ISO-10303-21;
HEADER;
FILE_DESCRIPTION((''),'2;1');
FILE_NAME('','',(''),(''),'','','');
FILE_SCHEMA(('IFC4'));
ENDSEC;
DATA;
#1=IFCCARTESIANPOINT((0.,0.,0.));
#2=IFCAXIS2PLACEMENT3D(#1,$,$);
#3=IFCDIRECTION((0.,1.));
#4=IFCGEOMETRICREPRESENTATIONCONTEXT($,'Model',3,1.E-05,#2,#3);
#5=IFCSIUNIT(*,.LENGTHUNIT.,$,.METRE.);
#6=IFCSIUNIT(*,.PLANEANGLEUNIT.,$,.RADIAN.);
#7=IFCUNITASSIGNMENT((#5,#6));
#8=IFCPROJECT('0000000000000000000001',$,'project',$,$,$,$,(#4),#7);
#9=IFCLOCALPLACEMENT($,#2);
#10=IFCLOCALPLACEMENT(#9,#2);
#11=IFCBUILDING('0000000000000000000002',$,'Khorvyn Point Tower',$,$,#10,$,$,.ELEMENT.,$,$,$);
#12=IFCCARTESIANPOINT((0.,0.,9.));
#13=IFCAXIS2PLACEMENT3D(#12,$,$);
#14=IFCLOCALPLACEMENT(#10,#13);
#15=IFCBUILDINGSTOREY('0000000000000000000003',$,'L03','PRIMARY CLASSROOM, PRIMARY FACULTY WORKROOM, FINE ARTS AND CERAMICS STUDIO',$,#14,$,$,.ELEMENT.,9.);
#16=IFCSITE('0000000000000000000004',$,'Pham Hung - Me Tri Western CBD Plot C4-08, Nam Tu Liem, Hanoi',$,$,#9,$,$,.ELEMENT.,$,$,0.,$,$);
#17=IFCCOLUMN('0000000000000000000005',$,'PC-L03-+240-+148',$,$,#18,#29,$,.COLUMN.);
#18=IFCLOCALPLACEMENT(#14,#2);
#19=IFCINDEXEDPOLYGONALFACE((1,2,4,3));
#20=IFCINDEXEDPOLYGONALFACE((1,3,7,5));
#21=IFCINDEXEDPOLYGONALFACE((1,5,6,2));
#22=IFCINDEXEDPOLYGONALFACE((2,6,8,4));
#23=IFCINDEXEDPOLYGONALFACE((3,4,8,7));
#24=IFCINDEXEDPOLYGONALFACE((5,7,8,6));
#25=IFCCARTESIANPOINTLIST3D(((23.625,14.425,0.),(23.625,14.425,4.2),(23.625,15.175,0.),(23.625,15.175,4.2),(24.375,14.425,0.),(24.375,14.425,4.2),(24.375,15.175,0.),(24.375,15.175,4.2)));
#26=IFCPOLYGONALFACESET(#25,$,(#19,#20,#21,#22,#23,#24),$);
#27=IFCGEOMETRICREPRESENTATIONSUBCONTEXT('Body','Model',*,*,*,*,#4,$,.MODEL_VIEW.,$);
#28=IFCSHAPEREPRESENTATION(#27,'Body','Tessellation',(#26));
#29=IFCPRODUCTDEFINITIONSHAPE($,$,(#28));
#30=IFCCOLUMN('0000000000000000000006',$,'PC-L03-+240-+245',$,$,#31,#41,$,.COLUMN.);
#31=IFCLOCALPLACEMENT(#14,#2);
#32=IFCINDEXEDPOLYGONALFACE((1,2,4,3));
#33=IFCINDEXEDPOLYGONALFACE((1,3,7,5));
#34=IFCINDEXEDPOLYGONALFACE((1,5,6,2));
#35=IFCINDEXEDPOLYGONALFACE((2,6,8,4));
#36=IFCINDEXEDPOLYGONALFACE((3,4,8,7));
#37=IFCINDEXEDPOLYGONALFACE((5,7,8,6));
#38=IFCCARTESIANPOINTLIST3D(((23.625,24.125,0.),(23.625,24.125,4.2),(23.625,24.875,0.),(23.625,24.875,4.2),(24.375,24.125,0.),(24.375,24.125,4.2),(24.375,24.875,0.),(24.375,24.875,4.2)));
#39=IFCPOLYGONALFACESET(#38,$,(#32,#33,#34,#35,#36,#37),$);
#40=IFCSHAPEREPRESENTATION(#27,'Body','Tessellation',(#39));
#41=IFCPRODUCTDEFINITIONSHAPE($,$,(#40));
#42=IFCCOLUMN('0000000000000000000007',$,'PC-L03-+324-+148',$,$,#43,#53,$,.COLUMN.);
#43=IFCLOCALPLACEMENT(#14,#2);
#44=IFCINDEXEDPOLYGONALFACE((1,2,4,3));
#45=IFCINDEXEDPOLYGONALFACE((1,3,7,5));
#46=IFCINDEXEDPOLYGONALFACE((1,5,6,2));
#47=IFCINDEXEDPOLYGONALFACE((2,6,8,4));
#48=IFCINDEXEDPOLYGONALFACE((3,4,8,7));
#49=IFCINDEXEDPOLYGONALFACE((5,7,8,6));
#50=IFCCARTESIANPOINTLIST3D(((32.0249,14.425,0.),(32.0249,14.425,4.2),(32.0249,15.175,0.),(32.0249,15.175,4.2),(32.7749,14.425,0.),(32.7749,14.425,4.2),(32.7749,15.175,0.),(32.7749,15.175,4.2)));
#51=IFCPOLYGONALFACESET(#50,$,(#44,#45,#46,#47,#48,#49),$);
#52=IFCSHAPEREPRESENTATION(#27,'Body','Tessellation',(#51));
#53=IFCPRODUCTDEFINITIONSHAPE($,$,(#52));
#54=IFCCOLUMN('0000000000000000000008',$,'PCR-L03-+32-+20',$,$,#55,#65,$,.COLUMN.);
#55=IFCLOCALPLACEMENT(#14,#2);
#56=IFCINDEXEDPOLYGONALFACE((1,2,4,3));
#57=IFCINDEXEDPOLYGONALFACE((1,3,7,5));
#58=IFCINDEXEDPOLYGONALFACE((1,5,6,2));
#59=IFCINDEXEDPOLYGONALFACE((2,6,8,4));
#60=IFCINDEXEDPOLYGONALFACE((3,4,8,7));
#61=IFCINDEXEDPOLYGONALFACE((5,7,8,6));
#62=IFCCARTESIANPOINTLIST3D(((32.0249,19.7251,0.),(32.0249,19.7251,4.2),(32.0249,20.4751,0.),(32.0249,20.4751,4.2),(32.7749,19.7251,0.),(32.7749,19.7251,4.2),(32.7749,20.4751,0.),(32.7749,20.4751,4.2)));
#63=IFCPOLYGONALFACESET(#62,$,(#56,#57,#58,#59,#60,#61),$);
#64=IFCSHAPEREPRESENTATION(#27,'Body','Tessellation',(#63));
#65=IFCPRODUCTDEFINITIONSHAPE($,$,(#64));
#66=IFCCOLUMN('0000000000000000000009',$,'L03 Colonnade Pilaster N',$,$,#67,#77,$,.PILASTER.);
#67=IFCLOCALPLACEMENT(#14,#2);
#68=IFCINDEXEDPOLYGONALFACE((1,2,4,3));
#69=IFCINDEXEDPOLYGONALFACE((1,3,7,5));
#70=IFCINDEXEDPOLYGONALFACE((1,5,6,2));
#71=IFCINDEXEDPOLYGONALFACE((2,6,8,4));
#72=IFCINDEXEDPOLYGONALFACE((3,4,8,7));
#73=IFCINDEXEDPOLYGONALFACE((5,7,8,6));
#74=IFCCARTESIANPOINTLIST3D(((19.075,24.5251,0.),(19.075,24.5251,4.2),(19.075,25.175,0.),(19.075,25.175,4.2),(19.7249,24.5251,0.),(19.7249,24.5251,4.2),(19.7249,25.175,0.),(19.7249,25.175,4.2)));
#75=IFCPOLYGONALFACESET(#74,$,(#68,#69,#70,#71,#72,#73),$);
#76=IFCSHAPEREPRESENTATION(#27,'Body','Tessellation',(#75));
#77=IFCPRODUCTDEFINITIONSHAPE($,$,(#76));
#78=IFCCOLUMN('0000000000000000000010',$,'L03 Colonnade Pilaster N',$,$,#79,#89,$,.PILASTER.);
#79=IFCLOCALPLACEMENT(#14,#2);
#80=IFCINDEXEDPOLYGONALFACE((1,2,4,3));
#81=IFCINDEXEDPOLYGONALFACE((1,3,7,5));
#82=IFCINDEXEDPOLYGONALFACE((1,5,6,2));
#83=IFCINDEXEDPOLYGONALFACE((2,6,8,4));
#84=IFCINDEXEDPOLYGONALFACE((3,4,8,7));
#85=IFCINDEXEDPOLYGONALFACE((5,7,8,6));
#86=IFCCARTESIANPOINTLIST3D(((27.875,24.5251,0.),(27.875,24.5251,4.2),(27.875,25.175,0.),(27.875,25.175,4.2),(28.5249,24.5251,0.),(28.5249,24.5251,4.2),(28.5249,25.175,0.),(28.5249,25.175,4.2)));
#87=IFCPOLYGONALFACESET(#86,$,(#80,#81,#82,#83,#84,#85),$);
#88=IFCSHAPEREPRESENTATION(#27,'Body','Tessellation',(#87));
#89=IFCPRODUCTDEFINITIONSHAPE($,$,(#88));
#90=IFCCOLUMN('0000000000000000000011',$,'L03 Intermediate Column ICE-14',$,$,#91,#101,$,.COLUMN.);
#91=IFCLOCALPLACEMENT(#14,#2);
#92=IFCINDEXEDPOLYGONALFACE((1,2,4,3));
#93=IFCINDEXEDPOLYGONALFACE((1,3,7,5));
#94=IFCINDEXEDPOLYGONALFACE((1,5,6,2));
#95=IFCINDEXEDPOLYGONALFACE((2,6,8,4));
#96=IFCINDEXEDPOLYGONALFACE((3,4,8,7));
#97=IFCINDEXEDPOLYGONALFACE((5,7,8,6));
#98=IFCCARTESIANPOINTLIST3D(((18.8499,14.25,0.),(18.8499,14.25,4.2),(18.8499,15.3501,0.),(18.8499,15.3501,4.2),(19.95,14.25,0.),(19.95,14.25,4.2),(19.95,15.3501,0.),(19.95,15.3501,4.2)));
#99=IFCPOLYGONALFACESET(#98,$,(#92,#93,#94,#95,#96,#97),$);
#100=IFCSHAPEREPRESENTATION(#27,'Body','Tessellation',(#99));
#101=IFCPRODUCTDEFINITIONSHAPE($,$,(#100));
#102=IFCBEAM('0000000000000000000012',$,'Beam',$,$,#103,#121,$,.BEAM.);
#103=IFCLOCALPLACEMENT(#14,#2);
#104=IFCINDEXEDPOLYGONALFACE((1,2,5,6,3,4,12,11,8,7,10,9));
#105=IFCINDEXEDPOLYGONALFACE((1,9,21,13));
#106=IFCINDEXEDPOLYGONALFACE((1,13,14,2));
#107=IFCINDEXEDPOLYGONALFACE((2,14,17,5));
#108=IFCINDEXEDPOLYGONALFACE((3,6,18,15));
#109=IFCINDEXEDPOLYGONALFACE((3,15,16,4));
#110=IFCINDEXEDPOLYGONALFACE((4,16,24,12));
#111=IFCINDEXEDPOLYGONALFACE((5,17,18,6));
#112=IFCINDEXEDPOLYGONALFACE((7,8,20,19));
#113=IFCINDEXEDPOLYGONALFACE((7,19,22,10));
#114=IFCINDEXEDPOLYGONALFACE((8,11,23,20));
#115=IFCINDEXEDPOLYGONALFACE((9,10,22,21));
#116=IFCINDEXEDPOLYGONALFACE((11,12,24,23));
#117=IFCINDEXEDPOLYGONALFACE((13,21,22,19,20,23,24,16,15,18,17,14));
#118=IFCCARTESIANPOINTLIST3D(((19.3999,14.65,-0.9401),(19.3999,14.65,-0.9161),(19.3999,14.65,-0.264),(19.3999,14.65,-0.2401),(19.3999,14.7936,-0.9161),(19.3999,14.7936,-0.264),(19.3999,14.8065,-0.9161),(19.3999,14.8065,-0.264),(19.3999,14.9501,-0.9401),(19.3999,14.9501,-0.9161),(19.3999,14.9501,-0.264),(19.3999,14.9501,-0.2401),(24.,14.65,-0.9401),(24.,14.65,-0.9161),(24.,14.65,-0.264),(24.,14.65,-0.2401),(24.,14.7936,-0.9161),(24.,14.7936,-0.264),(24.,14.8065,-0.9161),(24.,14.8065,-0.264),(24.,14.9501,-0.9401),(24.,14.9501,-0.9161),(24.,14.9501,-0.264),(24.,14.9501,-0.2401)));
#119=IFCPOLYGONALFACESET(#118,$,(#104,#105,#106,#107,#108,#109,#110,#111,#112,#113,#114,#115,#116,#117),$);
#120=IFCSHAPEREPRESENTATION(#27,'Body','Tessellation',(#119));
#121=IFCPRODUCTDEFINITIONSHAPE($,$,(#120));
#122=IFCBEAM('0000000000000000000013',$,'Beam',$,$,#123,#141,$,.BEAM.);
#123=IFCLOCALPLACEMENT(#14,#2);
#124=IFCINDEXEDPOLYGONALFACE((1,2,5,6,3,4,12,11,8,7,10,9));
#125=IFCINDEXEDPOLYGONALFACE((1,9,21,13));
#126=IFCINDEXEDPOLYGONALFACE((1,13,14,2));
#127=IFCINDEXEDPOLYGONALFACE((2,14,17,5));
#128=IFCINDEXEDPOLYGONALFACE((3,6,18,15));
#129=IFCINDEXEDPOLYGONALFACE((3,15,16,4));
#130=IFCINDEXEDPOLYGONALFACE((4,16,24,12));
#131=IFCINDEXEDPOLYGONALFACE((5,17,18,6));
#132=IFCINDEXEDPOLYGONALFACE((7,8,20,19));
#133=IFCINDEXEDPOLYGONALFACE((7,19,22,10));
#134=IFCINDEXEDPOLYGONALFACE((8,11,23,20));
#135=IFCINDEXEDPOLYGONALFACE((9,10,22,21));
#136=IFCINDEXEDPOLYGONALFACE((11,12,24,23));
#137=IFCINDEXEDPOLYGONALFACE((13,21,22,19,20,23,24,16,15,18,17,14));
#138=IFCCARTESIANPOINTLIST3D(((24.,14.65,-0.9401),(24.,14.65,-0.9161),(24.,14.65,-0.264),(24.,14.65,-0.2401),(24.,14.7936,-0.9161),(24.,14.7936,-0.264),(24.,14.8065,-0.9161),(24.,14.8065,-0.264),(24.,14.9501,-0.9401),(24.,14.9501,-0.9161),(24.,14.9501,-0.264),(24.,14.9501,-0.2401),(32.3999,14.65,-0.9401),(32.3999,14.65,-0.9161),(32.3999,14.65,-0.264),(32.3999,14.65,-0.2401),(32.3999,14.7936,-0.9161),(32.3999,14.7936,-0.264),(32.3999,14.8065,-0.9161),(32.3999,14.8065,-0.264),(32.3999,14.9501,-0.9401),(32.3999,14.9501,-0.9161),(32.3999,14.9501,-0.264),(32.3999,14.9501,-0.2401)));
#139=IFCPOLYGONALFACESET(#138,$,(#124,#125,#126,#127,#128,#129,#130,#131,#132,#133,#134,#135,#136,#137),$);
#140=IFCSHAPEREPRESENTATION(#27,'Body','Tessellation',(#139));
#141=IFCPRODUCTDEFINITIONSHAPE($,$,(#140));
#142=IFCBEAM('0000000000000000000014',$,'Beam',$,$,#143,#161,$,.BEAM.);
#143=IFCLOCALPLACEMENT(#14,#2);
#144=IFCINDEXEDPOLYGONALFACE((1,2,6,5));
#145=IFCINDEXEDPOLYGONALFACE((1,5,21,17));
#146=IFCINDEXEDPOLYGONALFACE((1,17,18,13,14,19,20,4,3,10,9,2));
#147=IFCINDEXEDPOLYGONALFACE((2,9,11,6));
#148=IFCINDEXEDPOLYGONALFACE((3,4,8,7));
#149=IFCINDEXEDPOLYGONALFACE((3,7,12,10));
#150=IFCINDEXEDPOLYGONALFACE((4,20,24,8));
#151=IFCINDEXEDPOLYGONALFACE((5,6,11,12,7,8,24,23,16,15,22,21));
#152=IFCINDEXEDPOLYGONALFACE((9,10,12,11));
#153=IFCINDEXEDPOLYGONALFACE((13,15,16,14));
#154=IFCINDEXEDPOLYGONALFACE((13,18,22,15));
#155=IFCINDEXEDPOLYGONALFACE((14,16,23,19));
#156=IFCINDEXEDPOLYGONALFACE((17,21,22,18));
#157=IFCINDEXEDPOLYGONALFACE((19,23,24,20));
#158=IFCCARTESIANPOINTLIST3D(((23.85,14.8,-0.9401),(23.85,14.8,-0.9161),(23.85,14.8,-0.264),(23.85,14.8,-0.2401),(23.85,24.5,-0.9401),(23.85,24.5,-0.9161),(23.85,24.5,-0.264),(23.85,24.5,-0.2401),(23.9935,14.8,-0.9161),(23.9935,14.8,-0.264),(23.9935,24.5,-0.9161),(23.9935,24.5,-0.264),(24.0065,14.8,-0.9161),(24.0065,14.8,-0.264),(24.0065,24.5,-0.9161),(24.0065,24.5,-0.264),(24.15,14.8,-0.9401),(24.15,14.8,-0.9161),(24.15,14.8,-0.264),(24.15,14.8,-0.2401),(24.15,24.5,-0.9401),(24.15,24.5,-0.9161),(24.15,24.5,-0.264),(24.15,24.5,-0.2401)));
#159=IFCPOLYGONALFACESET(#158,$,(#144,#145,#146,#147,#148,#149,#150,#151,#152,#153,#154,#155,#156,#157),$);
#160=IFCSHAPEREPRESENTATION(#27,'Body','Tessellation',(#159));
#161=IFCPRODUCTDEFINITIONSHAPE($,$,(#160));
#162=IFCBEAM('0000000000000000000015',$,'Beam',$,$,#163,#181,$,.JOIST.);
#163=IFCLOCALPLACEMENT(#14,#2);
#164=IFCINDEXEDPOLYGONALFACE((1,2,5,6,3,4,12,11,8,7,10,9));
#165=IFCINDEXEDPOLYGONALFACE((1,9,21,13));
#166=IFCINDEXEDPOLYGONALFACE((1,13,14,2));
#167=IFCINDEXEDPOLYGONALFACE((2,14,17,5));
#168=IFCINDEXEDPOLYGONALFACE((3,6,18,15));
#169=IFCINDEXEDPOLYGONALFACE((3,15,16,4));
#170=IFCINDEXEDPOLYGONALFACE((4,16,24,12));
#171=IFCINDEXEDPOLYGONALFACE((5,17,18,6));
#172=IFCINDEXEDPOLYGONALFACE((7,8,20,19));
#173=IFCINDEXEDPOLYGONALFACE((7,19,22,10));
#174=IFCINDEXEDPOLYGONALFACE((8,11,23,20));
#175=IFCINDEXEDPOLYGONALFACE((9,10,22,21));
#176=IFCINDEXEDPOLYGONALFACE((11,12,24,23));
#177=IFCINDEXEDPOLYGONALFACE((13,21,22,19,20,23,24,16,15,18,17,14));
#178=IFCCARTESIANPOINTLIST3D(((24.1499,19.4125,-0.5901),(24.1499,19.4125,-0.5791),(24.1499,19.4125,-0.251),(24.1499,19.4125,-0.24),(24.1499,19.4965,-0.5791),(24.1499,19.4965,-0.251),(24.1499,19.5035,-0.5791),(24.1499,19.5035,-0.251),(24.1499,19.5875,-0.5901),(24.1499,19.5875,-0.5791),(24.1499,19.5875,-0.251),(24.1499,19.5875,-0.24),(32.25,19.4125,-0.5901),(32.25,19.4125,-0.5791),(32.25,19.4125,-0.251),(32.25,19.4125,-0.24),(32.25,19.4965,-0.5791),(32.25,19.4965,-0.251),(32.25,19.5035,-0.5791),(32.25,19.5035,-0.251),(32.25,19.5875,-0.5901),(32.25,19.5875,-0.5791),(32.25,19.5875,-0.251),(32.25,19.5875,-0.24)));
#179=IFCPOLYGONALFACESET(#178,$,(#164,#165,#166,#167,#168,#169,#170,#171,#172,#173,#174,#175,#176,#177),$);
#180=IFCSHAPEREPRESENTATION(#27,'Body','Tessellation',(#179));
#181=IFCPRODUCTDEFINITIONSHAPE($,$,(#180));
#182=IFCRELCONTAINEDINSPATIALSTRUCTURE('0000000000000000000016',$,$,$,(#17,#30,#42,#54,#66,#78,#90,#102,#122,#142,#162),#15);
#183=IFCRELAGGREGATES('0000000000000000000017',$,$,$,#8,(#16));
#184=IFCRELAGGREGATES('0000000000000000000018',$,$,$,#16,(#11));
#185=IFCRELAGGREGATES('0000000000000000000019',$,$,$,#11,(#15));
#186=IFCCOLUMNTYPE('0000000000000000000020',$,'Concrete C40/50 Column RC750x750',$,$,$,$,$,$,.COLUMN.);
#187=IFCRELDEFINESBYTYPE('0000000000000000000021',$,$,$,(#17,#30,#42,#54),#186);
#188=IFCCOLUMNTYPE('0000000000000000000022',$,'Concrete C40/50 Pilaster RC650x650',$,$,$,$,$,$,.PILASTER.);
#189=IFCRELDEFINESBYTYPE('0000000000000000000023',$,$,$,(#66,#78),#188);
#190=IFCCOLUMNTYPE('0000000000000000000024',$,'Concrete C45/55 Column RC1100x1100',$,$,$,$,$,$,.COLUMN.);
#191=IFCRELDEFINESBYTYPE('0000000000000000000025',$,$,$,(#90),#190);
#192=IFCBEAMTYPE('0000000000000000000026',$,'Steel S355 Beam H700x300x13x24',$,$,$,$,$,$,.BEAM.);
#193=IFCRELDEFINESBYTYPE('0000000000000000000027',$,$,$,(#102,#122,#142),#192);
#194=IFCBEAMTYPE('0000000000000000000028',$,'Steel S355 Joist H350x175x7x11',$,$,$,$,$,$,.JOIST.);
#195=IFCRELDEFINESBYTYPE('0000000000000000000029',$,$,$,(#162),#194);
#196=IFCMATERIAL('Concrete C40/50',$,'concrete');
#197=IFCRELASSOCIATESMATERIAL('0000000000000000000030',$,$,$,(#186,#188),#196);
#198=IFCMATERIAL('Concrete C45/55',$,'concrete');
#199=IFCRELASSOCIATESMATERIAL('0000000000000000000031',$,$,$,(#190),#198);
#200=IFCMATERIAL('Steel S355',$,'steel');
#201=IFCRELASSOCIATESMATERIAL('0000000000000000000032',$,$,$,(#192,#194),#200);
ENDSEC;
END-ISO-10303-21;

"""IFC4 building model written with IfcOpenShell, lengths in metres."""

from ifc_helpers import new_model, si_unit, direction, frame, origin, origin_2d, place, context, subcontext, project, spatial, rectangle, i_section, extrude, material, material_profile, profile_set, type_object, element, save


model = new_model("IFC4")

# Units and contexts
model_context = context("Model", 3, precision=1e-05, world=origin(), true_north=direction((0.0, 1.0)))
body_context = subcontext(model_context, "Body", "Model", "MODEL_VIEW")
ifc_project = project(units=[si_unit("LENGTHUNIT", "METRE"), si_unit("PLANEANGLEUNIT", "RADIAN")], contexts=[model_context])

# Site, building, storey
site_placement = place(None, origin())
site = spatial("IfcSite", under=ifc_project, at=site_placement, Name="Pham Hung - Me Tri Western CBD Plot C4-08, Nam Tu Liem, Hanoi", CompositionType="ELEMENT", RefElevation=0.0)
building_placement = place(site_placement, origin())
building = spatial("IfcBuilding", under=site, at=building_placement, Name="Khorvyn Point Tower", CompositionType="ELEMENT")
storey_placement = place(building_placement, frame((0.0, 0.0, 9.0)))
storey = spatial("IfcBuildingStorey", under=building, at=storey_placement, Name="L03", Description="PRIMARY CLASSROOM, PRIMARY FACULTY WORKROOM, FINE ARTS AND CERAMICS STUDIO", CompositionType="ELEMENT", Elevation=9.0)

# Columns
ifc_material_1 = material(Name="Concrete C40/50", Category="concrete")
ifc_material_profile_1 = material_profile(ifc_material_1, rectangle(XDim=0.75, YDim=0.75, at=origin_2d()))
ifc_profile_set_1 = profile_set([ifc_material_profile_1], Name="Concrete C40/50 RC750x750")
column_type_1 = type_object("IfcColumnType", Name="Concrete C40/50 Column RC750x750", PredefinedType="COLUMN", material=ifc_profile_set_1)
for number, where, z_axis, x_axis, name in (
    (1, (24.0, 14.8, 0.0), (0.0, 0.0, 1.0), (1.0, 0.0, 0.0), "PC-L03-+240-+148"),
    (2, (24.0, 24.5, 0.0), (0.0, 0.0, 1.0), (1.0, 0.0, 0.0), "PC-L03-+240-+245"),
    (3, (32.3999, 14.8, 0.0), (0.0, 0.0, 1.0), (1.0, 0.0, 0.0), "PC-L03-+324-+148"),
    (4, (32.3999, 20.1001, 0.0), (0.0, 0.0, 1.0), (1.0, 0.0, 0.0), "PCR-L03-+32-+20"),
):
    element("IfcColumn", number, at=place(storey_placement, frame(where, z_axis=z_axis, x_axis=x_axis)), inside=storey, type_object=column_type_1, Name=name, PredefinedType="COLUMN", context=body_context, shape_type="SweptSolid", body=[
        extrude(rectangle(XDim=0.75, YDim=0.75, at=origin_2d()), origin(), (0.0, 0.0, 1.0), 4.2),
    ])
ifc_material_profile_2 = material_profile(ifc_material_1, rectangle(XDim=0.6499, YDim=0.6499, at=origin_2d()))
ifc_profile_set_2 = profile_set([ifc_material_profile_2], Name="Concrete C40/50 RC650x650")
column_type_2 = type_object("IfcColumnType", Name="Concrete C40/50 Pilaster RC650x650", PredefinedType="PILASTER", material=ifc_profile_set_2)
for number, where, z_axis, x_axis, name in (
    (5, (19.3999, 24.8501, 0.0), (0.0, 0.0, 1.0), (1.0, 0.0, 0.0), "L03 Colonnade Pilaster N"),
    (6, (28.2, 24.8501, 0.0), (0.0, 0.0, 1.0), (1.0, 0.0, 0.0), "L03 Colonnade Pilaster N"),
):
    element("IfcColumn", number, at=place(storey_placement, frame(where, z_axis=z_axis, x_axis=x_axis)), inside=storey, type_object=column_type_2, Name=name, PredefinedType="PILASTER", context=body_context, shape_type="SweptSolid", body=[
        extrude(rectangle(XDim=0.6499, YDim=0.6499, at=origin_2d()), origin(), (0.0, 0.0, 1.0), 4.2),
    ])
ifc_material_2 = material(Name="Concrete C45/55", Category="concrete")
ifc_material_profile_3 = material_profile(ifc_material_2, rectangle(XDim=1.1001, YDim=1.1001, at=origin_2d()))
ifc_profile_set_3 = profile_set([ifc_material_profile_3], Name="Concrete C45/55 RC1100x1100")
column_type_3 = type_object("IfcColumnType", Name="Concrete C45/55 Column RC1100x1100", PredefinedType="COLUMN", material=ifc_profile_set_3)
column_placement = place(storey_placement, frame((19.3999, 14.8, 0.0), z_axis=(0.0, 0.0, 1.0), x_axis=(1.0, 0.0, 0.0)))
element("IfcColumn", 7, at=column_placement, inside=storey, type_object=column_type_3, Name="L03 Intermediate Column ICE-14", PredefinedType="COLUMN", context=body_context, shape_type="SweptSolid", body=[
    extrude(rectangle(XDim=1.1001, YDim=1.1001, at=origin_2d()), origin(), (0.0, 0.0, 1.0), 4.2),
])

# Beams
ifc_material_3 = material(Name="Steel S355", Category="steel")
ifc_material_profile_4 = material_profile(ifc_material_3, i_section(OverallWidth=0.3, OverallDepth=0.7, WebThickness=0.0129, FlangeThickness=0.0239, at=origin_2d()))
ifc_profile_set_4 = profile_set([ifc_material_profile_4], Name="Steel S355 H700x300x13x24")
beam_type_1 = type_object("IfcBeamType", Name="Steel S355 Beam H700x300x13x24", PredefinedType="BEAM", material=ifc_profile_set_4)
beam_1_placement = place(storey_placement, frame((19.3999, 14.8, -0.5901), z_axis=(1.0, 0.0, 0.0), x_axis=(0.0, 1.0, 0.0)))
element("IfcBeam", 8, at=beam_1_placement, inside=storey, type_object=beam_type_1, Name="Beam", PredefinedType="BEAM", context=body_context, shape_type="SweptSolid", body=[
    extrude(i_section(OverallWidth=0.3, OverallDepth=0.7, WebThickness=0.0129, FlangeThickness=0.0239, at=origin_2d()), origin(), (0.0, 0.0, 1.0), 4.6001),
])
beam_2_placement = place(storey_placement, frame((24.0, 14.8, -0.5901), z_axis=(1.0, 0.0, 0.0), x_axis=(0.0, 1.0, 0.0)))
element("IfcBeam", 9, at=beam_2_placement, inside=storey, type_object=beam_type_1, Name="Beam", PredefinedType="BEAM", context=body_context, shape_type="SweptSolid", body=[
    extrude(i_section(OverallWidth=0.3, OverallDepth=0.7, WebThickness=0.0129, FlangeThickness=0.0239, at=origin_2d()), origin(), (0.0, 0.0, 1.0), 8.3999),
])
beam_3_placement = place(storey_placement, frame((24.0, 14.8, -0.5901), z_axis=(0.0, 1.0, 0.0), x_axis=(-1.0, 0.0, 0.0)))
element("IfcBeam", 10, at=beam_3_placement, inside=storey, type_object=beam_type_1, Name="Beam", PredefinedType="BEAM", context=body_context, shape_type="SweptSolid", body=[
    extrude(i_section(OverallWidth=0.3, OverallDepth=0.7, WebThickness=0.0129, FlangeThickness=0.0239, at=origin_2d()), origin(), (0.0, 0.0, 1.0), 9.7),
])
ifc_material_profile_5 = material_profile(ifc_material_3, i_section(OverallWidth=0.175, OverallDepth=0.3501, WebThickness=0.0071, FlangeThickness=0.011, at=origin_2d()))
ifc_profile_set_5 = profile_set([ifc_material_profile_5], Name="Steel S355 H350x175x7x11")
beam_type_2 = type_object("IfcBeamType", Name="Steel S355 Joist H350x175x7x11", PredefinedType="JOIST", material=ifc_profile_set_5)
beam_4_placement = place(storey_placement, frame((24.1499, 19.5, -0.415), z_axis=(1.0, 0.0, 0.0), x_axis=(0.0, 1.0, 0.0)))
element("IfcBeam", 11, at=beam_4_placement, inside=storey, type_object=beam_type_2, Name="Beam", PredefinedType="JOIST", context=body_context, shape_type="SweptSolid", body=[
    extrude(i_section(OverallWidth=0.175, OverallDepth=0.3501, WebThickness=0.0071, FlangeThickness=0.011, at=origin_2d()), origin(), (0.0, 0.0, 1.0), 8.1001),
])

save(model, "model.ifc")
